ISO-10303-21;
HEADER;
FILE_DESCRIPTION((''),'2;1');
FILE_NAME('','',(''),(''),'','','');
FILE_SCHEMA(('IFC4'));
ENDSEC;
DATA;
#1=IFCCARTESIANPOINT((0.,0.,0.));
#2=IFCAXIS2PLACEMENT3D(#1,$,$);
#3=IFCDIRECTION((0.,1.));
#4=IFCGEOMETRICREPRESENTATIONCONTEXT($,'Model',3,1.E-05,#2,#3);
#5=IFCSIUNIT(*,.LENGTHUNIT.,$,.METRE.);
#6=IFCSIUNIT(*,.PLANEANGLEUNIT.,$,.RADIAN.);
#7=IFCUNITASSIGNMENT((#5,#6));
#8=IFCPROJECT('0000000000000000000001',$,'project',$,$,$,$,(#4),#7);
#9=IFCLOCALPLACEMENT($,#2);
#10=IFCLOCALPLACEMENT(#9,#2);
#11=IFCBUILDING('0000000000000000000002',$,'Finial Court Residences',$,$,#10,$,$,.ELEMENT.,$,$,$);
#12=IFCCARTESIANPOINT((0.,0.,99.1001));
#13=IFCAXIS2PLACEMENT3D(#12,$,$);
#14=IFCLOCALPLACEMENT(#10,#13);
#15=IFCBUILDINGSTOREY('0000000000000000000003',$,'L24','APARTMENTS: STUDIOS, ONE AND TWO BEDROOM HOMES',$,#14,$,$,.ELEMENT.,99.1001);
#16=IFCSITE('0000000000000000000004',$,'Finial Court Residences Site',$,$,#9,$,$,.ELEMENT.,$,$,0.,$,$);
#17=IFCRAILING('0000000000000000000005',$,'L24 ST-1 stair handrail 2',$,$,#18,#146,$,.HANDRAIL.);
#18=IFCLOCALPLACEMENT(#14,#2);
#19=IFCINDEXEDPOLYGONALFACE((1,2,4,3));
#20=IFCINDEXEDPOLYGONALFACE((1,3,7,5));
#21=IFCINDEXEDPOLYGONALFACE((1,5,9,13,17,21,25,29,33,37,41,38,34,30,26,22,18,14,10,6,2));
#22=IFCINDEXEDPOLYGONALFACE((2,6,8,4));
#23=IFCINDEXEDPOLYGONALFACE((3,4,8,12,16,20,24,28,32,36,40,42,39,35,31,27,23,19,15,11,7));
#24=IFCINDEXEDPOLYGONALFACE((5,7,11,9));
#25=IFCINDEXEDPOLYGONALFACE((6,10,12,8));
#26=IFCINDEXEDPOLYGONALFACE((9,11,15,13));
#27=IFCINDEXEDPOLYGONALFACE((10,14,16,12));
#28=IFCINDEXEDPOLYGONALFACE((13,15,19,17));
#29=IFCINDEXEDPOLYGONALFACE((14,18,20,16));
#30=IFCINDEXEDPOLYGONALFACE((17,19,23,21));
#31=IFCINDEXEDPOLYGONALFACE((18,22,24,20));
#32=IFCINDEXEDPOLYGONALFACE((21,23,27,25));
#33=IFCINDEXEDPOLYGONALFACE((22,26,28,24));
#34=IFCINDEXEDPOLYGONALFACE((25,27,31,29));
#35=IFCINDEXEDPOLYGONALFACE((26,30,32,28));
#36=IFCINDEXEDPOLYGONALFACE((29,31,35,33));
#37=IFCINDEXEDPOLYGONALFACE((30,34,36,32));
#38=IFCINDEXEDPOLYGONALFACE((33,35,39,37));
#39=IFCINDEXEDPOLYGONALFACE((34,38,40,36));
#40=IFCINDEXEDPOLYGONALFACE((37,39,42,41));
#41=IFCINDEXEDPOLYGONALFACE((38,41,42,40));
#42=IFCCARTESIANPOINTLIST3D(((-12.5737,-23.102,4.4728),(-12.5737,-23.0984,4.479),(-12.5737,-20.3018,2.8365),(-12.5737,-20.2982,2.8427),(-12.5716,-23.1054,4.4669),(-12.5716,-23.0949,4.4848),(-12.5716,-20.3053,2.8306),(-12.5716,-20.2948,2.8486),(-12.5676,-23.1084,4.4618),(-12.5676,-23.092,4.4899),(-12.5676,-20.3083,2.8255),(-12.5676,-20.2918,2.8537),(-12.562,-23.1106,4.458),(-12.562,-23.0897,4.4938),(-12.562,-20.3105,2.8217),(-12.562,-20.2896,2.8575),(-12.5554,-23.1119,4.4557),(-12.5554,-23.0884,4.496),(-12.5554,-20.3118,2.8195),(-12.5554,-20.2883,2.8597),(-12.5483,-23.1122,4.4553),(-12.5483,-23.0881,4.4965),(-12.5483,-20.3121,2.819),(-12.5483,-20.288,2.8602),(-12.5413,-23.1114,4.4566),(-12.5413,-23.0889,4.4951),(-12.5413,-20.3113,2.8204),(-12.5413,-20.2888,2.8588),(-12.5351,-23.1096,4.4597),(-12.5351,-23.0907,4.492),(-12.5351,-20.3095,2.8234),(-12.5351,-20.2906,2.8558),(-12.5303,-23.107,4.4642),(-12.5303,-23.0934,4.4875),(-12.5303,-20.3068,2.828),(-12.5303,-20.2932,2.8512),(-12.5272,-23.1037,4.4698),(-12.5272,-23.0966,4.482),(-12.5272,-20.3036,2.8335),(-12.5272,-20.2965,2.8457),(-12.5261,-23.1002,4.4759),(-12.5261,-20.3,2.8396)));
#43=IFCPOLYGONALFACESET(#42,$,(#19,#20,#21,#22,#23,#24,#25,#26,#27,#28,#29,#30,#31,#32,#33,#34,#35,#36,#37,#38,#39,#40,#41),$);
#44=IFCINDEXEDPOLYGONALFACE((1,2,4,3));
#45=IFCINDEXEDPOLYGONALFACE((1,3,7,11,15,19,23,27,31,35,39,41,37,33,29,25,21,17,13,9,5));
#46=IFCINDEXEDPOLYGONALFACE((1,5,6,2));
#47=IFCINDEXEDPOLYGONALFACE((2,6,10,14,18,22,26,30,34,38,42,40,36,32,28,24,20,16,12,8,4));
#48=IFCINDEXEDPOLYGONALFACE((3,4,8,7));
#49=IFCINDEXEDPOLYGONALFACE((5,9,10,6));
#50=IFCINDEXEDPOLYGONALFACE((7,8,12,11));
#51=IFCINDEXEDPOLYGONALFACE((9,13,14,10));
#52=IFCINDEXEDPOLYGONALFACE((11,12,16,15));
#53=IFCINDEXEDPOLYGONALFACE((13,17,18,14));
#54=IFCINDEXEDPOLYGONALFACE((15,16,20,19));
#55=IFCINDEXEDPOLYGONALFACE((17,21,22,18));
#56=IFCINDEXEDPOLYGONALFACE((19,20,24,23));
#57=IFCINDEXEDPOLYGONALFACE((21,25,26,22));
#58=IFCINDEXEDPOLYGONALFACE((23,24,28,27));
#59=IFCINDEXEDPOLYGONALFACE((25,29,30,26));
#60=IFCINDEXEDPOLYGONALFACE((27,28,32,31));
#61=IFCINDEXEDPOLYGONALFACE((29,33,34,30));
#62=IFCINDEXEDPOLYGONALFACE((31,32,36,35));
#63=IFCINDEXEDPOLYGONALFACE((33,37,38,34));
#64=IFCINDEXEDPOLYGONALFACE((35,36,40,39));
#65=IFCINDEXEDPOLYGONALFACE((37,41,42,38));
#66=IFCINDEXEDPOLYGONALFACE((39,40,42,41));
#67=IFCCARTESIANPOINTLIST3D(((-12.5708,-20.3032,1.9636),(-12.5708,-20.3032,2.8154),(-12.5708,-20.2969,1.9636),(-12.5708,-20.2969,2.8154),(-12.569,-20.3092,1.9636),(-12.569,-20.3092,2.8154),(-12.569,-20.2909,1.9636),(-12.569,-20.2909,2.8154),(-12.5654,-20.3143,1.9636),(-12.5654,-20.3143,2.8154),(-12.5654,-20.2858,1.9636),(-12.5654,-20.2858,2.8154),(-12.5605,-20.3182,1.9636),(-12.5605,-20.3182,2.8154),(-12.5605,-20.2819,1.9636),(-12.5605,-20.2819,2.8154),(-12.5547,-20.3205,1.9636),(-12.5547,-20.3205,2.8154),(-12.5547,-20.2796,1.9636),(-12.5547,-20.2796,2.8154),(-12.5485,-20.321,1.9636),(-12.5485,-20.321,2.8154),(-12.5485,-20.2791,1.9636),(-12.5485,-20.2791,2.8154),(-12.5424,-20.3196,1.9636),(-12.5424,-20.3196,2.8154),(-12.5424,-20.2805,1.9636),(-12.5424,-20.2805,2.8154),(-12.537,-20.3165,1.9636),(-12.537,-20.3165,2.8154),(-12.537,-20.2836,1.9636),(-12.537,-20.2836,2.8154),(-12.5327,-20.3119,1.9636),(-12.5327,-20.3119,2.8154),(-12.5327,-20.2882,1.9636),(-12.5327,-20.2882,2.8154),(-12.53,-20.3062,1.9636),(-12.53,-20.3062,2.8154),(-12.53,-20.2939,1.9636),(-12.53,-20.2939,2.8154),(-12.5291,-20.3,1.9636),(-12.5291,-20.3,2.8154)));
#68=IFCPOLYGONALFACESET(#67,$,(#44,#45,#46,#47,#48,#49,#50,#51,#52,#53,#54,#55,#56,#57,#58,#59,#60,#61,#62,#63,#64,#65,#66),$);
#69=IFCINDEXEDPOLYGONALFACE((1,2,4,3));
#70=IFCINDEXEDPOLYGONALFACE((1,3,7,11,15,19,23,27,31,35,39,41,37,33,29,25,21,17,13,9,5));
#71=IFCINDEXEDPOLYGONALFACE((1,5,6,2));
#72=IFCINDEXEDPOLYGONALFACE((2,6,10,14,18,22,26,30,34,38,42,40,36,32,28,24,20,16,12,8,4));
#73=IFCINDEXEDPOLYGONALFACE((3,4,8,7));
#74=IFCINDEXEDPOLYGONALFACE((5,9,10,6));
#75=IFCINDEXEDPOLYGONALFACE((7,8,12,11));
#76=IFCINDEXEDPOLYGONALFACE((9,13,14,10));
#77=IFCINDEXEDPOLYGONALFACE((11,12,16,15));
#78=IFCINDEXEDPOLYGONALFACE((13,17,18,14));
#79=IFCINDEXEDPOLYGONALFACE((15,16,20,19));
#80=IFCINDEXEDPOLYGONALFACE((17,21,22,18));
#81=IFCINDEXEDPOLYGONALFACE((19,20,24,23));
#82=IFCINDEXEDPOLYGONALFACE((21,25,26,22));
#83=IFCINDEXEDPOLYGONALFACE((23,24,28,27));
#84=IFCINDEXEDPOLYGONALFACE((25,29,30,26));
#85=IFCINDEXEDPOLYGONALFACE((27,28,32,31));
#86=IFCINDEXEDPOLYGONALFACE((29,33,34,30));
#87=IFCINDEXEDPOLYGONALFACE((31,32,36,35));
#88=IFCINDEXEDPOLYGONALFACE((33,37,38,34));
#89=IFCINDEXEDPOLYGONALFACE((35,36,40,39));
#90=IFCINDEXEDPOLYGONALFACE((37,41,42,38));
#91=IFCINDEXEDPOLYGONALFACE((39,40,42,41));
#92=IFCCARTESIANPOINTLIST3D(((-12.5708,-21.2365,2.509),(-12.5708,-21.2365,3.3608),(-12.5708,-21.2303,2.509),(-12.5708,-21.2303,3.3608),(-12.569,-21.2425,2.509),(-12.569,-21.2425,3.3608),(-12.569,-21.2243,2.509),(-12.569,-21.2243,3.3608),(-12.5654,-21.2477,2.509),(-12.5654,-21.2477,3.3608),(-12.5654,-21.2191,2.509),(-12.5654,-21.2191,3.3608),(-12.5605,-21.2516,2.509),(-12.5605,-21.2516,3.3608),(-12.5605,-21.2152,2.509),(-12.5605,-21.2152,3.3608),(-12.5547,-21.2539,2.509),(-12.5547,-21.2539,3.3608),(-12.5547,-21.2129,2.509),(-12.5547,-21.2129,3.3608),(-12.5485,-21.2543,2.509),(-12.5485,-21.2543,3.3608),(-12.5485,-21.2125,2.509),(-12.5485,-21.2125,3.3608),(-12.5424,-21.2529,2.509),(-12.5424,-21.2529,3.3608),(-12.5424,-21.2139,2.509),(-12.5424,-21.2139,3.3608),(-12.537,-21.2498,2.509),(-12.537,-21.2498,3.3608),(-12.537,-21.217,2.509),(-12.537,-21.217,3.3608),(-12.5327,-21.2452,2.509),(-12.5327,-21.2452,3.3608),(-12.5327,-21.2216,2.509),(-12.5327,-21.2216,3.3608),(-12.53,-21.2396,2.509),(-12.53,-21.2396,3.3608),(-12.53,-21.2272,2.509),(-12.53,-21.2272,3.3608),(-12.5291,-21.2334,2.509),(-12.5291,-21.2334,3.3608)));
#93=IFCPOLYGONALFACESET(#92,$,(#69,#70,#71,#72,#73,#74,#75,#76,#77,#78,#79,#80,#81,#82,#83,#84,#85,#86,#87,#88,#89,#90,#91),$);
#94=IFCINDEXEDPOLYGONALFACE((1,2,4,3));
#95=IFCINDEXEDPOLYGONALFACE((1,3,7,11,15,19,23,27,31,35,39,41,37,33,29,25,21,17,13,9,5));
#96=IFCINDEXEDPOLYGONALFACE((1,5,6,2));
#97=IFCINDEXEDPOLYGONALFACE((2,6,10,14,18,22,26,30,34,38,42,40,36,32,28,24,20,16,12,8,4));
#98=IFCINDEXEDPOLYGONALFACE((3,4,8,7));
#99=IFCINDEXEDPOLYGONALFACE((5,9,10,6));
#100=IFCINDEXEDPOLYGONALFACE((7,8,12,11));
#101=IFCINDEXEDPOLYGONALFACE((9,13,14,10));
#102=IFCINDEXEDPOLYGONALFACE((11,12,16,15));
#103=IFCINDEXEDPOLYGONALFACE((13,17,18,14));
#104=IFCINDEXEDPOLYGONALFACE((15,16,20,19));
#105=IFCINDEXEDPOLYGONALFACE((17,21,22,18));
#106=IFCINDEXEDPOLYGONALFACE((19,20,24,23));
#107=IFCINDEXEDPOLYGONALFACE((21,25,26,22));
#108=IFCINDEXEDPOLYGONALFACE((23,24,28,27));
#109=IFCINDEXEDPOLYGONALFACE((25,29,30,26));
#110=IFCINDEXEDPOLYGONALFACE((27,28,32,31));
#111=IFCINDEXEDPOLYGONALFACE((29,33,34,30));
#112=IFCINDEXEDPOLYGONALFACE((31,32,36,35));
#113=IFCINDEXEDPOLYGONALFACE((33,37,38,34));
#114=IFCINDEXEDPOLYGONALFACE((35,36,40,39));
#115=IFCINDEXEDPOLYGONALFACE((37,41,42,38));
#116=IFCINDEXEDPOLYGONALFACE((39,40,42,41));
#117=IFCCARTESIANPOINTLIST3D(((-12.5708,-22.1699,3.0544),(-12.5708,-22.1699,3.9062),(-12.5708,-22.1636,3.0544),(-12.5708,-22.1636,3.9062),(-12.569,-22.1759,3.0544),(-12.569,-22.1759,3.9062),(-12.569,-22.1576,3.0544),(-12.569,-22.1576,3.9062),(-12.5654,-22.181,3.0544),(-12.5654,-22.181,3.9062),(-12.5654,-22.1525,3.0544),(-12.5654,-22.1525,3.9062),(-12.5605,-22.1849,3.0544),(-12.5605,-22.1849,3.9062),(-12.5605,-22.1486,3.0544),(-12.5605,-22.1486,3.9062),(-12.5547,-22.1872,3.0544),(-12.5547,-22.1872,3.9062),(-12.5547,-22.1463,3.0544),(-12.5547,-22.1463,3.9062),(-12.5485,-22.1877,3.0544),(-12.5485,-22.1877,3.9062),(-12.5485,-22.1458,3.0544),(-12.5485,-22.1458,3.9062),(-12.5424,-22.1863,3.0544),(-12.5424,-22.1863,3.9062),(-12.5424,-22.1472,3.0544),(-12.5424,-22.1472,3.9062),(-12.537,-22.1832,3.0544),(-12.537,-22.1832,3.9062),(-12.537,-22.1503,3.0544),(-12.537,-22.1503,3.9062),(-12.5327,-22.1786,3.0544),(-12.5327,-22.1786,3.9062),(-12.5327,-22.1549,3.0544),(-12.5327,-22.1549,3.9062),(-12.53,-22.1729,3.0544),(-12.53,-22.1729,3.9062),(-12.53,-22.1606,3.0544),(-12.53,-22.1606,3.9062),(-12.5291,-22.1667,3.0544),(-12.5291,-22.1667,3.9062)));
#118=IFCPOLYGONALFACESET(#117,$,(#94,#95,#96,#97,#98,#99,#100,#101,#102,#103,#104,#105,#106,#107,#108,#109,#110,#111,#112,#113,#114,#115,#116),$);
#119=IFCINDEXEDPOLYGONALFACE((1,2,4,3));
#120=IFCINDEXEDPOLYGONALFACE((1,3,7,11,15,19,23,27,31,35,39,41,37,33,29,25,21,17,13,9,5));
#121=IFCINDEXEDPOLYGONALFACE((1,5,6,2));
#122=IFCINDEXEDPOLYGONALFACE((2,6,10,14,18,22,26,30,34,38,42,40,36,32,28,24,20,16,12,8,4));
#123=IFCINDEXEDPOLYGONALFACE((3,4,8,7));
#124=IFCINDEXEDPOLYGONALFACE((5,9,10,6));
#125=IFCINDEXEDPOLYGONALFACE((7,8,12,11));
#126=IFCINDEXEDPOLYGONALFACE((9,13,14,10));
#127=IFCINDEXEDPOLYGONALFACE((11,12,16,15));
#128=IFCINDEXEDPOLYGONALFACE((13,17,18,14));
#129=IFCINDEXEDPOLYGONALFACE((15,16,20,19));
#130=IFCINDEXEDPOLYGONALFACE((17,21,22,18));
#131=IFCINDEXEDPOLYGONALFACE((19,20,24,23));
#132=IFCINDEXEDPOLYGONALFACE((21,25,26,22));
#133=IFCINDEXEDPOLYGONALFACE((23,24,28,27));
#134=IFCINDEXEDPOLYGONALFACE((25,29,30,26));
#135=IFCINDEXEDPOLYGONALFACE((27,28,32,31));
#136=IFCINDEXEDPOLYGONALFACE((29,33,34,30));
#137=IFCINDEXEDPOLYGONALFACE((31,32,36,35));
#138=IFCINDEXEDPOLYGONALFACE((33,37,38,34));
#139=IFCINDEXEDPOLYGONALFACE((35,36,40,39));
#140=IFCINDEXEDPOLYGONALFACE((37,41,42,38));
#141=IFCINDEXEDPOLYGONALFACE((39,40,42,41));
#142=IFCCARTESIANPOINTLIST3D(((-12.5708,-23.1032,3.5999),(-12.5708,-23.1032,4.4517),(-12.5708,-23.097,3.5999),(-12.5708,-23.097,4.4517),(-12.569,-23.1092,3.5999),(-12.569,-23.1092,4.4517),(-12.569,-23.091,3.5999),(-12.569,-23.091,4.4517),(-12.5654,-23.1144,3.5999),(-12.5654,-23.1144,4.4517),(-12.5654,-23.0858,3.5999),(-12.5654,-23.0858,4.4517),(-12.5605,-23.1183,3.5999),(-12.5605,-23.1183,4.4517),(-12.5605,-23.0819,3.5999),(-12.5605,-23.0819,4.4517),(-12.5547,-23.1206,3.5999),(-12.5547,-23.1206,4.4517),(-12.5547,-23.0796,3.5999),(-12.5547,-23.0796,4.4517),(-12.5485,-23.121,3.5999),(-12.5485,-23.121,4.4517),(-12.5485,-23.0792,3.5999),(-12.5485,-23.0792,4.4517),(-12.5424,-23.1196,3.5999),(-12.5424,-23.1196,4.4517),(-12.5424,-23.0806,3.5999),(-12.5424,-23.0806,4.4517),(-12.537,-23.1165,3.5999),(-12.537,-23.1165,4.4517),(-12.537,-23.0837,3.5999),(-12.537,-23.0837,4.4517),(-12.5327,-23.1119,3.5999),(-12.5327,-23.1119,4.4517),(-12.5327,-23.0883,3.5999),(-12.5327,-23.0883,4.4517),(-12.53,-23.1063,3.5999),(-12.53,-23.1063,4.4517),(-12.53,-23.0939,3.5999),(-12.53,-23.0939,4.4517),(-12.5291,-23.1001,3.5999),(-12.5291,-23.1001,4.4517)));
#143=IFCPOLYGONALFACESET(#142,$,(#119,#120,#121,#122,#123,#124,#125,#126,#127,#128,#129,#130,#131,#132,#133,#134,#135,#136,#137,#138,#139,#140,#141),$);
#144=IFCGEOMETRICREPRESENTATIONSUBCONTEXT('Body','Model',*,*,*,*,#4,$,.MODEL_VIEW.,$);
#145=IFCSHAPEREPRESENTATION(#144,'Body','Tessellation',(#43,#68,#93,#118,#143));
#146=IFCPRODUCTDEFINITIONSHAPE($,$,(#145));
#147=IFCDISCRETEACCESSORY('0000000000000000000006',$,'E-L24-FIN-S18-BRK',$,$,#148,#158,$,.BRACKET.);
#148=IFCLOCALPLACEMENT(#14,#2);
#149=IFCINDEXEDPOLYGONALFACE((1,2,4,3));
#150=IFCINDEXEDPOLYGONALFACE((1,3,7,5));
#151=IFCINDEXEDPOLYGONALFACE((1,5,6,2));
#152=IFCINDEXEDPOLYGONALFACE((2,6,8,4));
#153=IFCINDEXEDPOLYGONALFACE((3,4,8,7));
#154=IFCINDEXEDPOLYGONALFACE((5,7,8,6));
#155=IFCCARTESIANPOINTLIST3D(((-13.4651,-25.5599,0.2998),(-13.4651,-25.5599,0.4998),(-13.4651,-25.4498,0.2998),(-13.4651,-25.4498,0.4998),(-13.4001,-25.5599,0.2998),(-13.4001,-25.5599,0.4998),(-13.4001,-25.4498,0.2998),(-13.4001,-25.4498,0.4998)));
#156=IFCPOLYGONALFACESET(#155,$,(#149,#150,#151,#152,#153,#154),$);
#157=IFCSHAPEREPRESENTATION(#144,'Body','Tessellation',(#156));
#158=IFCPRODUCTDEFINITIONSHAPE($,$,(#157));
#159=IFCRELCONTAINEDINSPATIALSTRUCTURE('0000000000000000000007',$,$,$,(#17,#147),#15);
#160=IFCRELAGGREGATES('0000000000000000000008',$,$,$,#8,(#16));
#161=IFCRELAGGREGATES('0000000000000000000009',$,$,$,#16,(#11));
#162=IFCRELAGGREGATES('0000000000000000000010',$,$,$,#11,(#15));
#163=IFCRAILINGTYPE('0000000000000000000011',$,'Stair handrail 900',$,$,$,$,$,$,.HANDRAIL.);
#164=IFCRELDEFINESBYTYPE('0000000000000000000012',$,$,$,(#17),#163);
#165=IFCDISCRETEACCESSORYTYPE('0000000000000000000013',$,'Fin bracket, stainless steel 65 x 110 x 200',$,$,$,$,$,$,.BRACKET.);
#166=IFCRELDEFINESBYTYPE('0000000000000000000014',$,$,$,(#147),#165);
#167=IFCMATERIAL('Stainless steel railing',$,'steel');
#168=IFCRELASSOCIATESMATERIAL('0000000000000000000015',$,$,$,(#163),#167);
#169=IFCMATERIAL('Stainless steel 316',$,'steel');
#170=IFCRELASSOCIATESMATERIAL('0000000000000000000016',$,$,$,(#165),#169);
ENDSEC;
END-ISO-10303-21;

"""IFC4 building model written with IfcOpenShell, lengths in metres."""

from ifc_helpers import new_model, si_unit, direction, frame, origin, origin_2d, place, context, subcontext, project, spatial, rectangle, circle, extrude, material, type_object, element, save


model = new_model("IFC4")

# Units and contexts
model_context = context("Model", 3, precision=1e-05, world=origin(), true_north=direction((0.0, 1.0)))
body_context = subcontext(model_context, "Body", "Model", "MODEL_VIEW")
ifc_project = project(units=[si_unit("LENGTHUNIT", "METRE"), si_unit("PLANEANGLEUNIT", "RADIAN")], contexts=[model_context])

# Site, building, storey
site_placement = place(None, origin())
site = spatial("IfcSite", under=ifc_project, at=site_placement, Name="Finial Court Residences Site", CompositionType="ELEMENT", RefElevation=0.0)
building_placement = place(site_placement, origin())
building = spatial("IfcBuilding", under=site, at=building_placement, Name="Finial Court Residences", CompositionType="ELEMENT")
storey_placement = place(building_placement, frame((0.0, 0.0, 99.1001)))
storey = spatial("IfcBuildingStorey", under=building, at=storey_placement, Name="L24", Description="APARTMENTS: STUDIOS, ONE AND TWO BEDROOM HOMES", CompositionType="ELEMENT", Elevation=99.1001)

# Railing
ifc_material_1 = material(Name="Stainless steel railing", Category="steel")
railing_type_1 = type_object("IfcRailingType", Name="Stair handrail 900", PredefinedType="HANDRAIL", material=ifc_material_1)
railing_1_placement = place(storey_placement, frame((-12.55, -20.3, 1.9636)))
element("IfcRailing", 1, at=railing_1_placement, inside=storey, type_object=railing_type_1, Name="L24 ST-1 stair handrail 2", PredefinedType="HANDRAIL", context=body_context, shape_type="SweptSolid", body=[
    extrude(circle(Radius=0.0239, at=origin_2d()), frame((0.0, 0.0, 0.876), z_axis=(0.0, -0.863394, 0.504531), x_axis=(1.0, 0.0, 0.0)), (0.0, 0.0, 1.0), 3.2432),
    extrude(circle(Radius=0.021, at=origin_2d()), origin(), (0.0, 0.0, 1.0), 0.8518),
    extrude(circle(Radius=0.021, at=origin_2d()), frame((0.0, -0.9333, 0.5454)), (0.0, 0.0, 1.0), 0.8518),
    extrude(circle(Radius=0.021, at=origin_2d()), frame((0.0, -1.8667, 1.0908)), (0.0, 0.0, 1.0), 0.8518),
    extrude(circle(Radius=0.021, at=origin_2d()), frame((0.0, -2.8, 1.6362)), (0.0, 0.0, 1.0), 0.8518),
])

# Discrete accessory
ifc_material_2 = material(Name="Stainless steel 316", Category="steel")
discrete_accessory_type = type_object("IfcDiscreteAccessoryType", Name="Fin bracket, stainless steel 65 x 110 x 200", PredefinedType="BRACKET", material=ifc_material_2)
discrete_accessory_placement = place(storey_placement, frame((-13.4326, -25.5049, 0.2998), z_axis=(0.0, 0.0, 1.0), x_axis=(1.0, 0.0, 0.0)))
element("IfcDiscreteAccessory", 2, at=discrete_accessory_placement, inside=storey, type_object=discrete_accessory_type, Name="E-L24-FIN-S18-BRK", PredefinedType="BRACKET", context=body_context, shape_type="SweptSolid", body=[
    extrude(rectangle(XDim=0.0649, YDim=0.1101, at=origin_2d()), origin(), (0.0, 0.0, 1.0), 0.2),
])

save(model, "model.ifc")
